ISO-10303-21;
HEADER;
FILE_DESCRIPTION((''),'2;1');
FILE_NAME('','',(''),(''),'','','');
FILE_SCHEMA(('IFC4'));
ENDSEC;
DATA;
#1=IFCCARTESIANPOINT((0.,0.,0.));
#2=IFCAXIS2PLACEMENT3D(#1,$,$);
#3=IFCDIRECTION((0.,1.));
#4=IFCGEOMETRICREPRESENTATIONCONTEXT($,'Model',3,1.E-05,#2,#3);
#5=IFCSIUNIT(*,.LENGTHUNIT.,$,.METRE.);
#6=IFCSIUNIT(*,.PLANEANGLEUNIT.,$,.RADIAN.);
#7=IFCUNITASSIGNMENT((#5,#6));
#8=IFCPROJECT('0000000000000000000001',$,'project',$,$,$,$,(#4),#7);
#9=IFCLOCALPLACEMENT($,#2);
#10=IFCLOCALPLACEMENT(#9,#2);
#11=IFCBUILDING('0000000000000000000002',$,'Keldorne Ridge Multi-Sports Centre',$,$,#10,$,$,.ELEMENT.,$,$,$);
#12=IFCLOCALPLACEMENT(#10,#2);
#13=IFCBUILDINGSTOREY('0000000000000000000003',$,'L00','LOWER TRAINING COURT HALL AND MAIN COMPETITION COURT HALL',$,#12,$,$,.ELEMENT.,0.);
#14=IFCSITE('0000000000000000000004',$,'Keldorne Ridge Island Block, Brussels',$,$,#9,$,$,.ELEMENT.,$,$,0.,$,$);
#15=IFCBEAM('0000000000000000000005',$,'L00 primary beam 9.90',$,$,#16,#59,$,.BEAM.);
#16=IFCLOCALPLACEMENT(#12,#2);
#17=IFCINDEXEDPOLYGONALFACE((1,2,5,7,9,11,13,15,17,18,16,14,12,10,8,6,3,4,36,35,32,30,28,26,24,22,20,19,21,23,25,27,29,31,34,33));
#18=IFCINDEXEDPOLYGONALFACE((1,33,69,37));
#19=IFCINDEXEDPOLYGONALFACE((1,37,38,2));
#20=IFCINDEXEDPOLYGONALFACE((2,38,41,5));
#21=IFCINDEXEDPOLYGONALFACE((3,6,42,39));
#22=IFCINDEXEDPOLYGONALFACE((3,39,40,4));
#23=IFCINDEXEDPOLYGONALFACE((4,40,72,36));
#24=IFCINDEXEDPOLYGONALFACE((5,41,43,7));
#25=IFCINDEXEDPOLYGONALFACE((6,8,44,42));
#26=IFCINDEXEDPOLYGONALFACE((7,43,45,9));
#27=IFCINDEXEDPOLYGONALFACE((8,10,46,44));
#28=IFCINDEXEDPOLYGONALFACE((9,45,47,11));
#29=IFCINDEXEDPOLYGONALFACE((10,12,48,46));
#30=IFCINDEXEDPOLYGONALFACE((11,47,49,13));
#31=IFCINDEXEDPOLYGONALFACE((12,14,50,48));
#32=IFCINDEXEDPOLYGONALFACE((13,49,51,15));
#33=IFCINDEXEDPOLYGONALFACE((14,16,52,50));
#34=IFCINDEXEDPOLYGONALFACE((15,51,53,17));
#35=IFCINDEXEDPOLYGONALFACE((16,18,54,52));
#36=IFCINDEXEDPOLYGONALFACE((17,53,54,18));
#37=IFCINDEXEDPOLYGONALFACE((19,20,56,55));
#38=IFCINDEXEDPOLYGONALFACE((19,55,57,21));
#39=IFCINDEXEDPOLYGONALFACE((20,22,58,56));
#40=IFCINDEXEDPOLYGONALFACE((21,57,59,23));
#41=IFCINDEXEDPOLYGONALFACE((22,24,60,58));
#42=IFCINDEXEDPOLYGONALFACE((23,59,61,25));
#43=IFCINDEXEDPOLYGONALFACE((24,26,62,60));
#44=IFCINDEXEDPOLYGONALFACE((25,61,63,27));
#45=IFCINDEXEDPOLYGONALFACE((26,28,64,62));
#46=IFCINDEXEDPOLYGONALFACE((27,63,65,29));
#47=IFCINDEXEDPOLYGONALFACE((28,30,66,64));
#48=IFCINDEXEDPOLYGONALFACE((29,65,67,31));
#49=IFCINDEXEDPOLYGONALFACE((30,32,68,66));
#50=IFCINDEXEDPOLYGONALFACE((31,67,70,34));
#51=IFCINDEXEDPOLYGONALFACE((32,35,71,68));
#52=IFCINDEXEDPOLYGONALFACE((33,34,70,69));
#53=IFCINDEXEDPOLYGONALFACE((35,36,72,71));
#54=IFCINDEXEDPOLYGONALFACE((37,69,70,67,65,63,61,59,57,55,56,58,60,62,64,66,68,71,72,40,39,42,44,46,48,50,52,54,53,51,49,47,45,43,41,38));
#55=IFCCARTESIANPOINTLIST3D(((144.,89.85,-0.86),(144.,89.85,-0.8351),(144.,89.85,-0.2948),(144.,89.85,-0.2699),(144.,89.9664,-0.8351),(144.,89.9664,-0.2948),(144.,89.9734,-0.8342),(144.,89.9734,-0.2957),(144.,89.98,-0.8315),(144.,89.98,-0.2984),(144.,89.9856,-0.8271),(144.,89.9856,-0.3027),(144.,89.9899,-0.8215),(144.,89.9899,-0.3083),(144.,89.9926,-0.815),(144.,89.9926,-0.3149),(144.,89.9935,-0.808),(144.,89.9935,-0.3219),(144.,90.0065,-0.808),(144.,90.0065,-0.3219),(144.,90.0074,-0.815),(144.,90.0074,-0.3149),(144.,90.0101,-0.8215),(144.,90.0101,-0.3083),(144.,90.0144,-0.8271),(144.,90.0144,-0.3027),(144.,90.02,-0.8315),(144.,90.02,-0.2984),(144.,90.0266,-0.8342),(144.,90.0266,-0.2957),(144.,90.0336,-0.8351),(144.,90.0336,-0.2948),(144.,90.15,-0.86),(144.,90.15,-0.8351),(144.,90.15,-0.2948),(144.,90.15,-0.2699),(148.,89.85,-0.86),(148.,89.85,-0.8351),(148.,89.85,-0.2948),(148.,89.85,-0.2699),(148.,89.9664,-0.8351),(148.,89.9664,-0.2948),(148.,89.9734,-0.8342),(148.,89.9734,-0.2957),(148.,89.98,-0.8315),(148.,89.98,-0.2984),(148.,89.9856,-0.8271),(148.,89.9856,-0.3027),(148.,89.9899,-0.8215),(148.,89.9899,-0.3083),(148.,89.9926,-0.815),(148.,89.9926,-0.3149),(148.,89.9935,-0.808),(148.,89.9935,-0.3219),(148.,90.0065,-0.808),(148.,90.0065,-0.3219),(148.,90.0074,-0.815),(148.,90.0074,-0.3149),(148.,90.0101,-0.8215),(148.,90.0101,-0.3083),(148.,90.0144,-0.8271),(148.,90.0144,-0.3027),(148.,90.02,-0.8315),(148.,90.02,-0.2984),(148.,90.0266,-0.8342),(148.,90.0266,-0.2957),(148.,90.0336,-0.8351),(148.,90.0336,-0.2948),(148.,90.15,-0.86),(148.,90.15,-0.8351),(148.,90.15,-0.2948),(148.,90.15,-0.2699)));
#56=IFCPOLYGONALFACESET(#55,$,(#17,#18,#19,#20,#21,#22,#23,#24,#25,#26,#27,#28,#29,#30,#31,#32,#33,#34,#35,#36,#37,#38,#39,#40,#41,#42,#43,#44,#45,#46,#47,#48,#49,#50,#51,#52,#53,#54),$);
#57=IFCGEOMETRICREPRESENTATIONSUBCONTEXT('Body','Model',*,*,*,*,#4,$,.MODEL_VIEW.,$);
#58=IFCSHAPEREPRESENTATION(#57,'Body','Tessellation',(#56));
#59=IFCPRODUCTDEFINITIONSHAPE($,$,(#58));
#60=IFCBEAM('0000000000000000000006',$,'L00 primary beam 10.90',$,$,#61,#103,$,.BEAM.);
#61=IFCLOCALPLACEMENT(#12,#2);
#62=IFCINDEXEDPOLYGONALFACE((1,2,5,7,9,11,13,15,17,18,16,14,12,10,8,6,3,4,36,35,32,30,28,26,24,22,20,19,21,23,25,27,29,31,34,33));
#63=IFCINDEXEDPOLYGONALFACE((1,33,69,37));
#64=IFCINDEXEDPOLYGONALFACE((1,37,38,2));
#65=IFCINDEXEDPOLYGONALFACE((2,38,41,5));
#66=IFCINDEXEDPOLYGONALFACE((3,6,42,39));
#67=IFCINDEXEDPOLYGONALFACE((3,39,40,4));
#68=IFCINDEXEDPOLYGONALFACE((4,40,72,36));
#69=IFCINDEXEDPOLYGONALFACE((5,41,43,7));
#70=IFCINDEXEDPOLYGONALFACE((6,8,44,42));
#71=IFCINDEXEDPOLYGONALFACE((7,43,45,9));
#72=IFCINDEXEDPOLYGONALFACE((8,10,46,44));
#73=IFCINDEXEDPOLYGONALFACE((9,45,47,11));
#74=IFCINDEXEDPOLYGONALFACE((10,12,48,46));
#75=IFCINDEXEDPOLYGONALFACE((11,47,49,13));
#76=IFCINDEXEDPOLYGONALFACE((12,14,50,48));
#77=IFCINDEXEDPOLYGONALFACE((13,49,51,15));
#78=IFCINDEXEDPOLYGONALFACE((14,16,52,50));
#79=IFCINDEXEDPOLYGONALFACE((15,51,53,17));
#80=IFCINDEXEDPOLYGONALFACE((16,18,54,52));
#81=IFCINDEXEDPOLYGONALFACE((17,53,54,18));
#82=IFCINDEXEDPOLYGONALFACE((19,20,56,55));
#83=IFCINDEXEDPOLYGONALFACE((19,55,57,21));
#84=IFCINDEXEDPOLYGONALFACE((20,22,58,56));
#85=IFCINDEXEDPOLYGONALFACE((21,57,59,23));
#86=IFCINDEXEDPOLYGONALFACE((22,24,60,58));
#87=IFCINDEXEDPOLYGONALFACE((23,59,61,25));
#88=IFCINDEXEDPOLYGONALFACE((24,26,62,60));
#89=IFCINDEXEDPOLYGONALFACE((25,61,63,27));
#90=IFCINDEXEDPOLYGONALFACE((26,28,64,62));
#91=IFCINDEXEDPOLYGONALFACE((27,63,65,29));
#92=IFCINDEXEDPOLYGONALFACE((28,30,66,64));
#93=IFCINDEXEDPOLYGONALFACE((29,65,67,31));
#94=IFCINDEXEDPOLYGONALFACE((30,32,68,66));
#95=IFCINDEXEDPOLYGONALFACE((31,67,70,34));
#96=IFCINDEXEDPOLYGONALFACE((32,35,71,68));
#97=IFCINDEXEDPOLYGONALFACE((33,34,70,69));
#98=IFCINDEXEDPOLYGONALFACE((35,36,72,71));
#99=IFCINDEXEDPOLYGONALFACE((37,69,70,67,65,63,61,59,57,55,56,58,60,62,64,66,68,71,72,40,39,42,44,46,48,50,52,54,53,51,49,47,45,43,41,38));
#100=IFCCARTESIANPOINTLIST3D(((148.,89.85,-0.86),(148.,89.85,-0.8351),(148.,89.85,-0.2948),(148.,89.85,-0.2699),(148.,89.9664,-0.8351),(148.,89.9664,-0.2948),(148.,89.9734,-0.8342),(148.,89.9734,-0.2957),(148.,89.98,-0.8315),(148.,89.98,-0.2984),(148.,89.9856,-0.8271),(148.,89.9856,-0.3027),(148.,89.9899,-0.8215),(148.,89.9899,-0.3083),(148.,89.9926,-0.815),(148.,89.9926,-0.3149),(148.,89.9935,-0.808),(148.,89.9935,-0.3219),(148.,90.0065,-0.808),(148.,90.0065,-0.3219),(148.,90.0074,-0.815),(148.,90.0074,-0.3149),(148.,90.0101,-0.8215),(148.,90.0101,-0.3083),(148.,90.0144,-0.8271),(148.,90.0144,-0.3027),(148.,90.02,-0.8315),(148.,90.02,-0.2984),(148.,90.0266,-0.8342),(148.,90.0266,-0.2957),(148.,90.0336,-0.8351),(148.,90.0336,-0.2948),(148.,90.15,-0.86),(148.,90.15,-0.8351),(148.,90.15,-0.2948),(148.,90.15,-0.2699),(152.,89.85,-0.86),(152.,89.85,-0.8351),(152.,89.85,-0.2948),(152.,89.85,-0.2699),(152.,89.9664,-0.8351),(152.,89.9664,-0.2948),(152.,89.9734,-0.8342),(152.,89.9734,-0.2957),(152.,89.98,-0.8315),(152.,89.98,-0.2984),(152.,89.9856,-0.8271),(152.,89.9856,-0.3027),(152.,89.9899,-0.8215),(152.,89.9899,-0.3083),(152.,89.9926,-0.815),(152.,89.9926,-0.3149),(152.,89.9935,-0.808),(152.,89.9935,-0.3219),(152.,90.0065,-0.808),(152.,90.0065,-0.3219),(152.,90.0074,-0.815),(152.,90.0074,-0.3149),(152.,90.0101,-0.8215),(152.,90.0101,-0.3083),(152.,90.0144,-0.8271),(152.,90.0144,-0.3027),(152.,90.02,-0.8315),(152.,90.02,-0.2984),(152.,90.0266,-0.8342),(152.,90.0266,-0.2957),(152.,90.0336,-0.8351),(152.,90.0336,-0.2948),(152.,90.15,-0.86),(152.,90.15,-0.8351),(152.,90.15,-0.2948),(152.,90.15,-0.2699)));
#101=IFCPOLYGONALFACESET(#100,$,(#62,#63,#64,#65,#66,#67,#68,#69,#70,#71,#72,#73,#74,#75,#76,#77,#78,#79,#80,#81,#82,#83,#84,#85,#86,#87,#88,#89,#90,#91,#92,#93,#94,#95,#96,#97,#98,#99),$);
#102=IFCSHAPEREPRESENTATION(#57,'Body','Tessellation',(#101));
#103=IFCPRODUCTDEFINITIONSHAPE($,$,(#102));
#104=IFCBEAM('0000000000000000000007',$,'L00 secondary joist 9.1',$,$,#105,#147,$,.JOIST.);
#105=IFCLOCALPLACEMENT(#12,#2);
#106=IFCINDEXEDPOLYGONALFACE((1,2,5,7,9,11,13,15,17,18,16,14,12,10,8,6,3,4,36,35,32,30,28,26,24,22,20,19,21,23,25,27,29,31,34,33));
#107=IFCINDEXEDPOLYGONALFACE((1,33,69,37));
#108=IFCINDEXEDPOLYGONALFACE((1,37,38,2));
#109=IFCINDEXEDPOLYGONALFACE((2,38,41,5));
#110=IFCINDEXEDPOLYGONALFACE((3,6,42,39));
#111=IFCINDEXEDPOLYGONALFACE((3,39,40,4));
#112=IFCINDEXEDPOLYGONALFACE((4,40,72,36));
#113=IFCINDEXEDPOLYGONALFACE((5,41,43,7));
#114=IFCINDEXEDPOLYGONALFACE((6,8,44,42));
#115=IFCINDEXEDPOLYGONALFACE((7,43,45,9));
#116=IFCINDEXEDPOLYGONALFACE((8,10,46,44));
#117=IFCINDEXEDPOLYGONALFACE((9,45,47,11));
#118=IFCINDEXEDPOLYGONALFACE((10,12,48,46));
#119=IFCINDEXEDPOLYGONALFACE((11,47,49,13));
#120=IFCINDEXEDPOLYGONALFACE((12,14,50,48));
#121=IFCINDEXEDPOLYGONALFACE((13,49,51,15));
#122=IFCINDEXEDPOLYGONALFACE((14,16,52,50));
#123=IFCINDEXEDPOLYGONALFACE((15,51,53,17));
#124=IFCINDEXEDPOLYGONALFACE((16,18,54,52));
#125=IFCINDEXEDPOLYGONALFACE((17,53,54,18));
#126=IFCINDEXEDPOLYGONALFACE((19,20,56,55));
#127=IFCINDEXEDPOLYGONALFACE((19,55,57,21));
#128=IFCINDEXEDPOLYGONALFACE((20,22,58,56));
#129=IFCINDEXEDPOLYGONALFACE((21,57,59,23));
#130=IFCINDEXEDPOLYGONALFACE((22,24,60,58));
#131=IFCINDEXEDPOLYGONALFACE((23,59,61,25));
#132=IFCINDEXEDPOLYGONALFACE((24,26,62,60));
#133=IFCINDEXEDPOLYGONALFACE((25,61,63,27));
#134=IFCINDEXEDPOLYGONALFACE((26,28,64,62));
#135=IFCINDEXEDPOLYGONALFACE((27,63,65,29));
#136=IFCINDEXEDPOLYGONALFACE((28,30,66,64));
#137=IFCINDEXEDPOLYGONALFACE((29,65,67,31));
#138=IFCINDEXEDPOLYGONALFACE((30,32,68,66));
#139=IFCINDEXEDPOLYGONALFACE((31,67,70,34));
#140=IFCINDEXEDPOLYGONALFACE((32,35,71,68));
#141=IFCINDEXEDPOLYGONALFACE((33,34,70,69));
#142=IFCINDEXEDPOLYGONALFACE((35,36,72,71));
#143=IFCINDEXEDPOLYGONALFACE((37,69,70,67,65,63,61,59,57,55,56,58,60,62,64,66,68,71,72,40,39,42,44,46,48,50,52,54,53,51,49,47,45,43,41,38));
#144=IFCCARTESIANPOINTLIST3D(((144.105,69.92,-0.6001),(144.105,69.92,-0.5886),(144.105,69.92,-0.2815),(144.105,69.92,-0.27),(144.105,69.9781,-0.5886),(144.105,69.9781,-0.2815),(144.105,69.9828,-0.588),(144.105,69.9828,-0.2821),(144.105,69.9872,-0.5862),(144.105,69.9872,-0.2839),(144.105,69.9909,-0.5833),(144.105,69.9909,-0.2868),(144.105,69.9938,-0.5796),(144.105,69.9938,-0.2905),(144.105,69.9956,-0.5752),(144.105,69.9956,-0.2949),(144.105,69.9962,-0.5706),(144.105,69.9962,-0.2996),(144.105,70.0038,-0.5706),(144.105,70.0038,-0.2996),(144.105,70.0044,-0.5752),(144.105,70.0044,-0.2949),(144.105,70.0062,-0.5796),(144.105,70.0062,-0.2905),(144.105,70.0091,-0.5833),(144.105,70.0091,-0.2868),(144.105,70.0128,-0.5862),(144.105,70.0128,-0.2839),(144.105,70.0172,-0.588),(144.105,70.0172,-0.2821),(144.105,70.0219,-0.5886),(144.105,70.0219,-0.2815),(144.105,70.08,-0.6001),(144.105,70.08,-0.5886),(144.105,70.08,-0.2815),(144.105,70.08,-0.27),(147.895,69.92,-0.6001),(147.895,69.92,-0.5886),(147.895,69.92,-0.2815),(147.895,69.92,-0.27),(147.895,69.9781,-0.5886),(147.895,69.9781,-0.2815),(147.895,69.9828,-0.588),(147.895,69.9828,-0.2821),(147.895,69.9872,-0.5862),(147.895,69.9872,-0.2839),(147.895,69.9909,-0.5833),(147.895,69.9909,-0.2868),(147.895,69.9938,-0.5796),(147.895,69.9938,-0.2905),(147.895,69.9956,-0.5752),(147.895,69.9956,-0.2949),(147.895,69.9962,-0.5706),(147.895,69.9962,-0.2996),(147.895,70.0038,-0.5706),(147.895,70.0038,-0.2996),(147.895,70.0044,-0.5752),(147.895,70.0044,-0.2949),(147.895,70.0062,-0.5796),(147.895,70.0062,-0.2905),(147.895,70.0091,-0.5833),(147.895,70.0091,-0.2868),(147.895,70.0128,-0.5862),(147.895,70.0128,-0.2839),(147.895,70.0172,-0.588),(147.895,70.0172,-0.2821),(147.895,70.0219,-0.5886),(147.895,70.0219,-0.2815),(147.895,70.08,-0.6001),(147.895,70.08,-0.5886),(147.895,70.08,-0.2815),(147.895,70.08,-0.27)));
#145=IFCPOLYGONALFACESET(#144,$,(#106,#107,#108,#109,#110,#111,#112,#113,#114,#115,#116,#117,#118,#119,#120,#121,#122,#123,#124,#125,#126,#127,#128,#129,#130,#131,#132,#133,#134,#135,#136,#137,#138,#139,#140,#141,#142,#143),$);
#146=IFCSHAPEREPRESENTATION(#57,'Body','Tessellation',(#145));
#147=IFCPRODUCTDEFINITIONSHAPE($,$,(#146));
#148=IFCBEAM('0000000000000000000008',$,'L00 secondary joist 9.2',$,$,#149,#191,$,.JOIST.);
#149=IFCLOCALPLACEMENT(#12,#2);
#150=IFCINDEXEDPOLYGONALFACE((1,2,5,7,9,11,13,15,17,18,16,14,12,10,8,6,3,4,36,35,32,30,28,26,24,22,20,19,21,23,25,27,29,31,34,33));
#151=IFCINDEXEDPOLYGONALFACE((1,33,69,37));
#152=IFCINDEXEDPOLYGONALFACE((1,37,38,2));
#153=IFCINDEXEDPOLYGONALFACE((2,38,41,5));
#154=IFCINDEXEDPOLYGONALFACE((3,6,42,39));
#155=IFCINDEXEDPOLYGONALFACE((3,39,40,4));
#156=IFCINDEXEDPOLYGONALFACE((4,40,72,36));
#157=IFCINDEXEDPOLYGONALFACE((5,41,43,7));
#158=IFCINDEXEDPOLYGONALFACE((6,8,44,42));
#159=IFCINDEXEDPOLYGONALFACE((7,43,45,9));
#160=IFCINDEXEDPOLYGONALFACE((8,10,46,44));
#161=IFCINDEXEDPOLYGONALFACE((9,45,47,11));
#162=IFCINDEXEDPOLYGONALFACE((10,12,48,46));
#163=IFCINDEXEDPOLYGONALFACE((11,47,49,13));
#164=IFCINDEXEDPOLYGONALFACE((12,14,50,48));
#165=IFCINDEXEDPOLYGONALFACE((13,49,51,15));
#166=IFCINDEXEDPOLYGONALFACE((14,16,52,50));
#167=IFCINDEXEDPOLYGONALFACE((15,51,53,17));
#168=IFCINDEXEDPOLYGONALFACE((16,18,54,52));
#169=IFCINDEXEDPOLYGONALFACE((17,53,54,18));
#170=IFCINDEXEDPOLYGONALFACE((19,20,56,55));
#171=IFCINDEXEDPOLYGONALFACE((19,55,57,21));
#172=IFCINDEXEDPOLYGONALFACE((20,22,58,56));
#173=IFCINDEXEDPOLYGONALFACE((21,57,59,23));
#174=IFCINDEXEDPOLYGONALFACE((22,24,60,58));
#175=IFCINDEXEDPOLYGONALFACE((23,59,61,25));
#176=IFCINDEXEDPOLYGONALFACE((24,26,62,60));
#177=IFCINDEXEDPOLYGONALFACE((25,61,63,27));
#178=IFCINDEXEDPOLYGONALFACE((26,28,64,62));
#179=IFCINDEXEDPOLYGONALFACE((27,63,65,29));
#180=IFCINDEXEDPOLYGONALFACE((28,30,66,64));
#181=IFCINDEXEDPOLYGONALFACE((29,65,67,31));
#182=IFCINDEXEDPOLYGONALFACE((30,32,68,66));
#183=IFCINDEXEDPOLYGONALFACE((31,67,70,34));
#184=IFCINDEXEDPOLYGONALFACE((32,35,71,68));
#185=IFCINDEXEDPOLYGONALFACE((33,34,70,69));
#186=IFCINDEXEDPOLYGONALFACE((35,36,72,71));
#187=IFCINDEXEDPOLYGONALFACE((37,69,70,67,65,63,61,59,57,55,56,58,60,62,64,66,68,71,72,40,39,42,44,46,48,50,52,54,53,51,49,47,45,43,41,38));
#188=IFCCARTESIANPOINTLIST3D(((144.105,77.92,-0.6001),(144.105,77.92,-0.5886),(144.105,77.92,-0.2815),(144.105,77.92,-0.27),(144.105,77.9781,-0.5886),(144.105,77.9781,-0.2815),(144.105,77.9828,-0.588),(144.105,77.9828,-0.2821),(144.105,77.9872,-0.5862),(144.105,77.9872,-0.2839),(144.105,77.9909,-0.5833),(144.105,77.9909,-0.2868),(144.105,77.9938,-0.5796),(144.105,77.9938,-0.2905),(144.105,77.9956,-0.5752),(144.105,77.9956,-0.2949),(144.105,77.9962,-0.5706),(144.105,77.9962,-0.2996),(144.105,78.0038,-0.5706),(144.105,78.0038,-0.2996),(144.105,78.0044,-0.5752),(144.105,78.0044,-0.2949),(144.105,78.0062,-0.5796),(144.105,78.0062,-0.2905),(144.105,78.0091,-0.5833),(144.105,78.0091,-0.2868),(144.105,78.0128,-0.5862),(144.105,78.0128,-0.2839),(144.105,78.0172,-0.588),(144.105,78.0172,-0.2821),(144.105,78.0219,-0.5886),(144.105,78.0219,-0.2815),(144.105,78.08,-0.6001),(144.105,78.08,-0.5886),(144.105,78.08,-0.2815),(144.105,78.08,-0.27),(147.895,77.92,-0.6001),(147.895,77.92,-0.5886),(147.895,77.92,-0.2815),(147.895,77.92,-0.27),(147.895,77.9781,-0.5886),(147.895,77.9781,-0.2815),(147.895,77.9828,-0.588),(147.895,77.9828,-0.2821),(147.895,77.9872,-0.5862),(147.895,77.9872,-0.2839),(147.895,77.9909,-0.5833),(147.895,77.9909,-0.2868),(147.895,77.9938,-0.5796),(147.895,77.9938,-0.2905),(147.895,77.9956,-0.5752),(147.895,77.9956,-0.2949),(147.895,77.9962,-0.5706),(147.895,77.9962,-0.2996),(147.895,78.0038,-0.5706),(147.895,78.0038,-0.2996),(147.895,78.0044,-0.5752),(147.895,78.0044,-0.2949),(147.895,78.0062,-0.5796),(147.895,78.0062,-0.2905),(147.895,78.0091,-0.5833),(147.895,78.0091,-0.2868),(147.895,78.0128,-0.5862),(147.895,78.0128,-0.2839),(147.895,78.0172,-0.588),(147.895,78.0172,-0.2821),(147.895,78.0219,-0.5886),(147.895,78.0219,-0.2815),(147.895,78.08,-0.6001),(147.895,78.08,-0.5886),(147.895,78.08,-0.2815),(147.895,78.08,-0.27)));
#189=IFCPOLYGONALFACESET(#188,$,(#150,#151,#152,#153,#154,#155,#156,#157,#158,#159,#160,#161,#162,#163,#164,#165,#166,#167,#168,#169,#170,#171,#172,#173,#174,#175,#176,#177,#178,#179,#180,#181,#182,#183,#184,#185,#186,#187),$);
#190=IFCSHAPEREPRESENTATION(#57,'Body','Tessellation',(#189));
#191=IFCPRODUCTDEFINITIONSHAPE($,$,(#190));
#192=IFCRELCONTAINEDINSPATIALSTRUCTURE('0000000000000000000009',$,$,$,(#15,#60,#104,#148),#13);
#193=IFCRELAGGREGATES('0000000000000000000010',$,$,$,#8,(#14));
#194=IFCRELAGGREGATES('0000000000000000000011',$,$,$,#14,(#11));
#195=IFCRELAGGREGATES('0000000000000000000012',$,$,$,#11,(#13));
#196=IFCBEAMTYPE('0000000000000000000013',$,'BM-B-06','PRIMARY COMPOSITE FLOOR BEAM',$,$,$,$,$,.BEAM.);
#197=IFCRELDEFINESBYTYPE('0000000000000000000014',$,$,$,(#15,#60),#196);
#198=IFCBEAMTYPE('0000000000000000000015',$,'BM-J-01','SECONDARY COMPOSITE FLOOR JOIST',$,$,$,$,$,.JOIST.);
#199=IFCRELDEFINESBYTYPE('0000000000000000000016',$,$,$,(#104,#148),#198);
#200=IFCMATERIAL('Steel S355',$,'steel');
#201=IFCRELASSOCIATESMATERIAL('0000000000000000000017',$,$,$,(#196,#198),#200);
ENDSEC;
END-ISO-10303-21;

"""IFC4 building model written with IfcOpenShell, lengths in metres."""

from ifc_helpers import new_model, si_unit, direction, frame, origin, origin_2d, place, context, subcontext, project, spatial, i_section, extrude, material, material_profile, profile_set, type_object, element, save


model = new_model("IFC4")

# Units and contexts
model_context = context("Model", 3, precision=1e-05, world=origin(), true_north=direction((0.0, 1.0)))
body_context = subcontext(model_context, "Body", "Model", "MODEL_VIEW")
ifc_project = project(units=[si_unit("LENGTHUNIT", "METRE"), si_unit("PLANEANGLEUNIT", "RADIAN")], contexts=[model_context])

# Site, building, storey
site_placement = place(None, origin())
site = spatial("IfcSite", under=ifc_project, at=site_placement, Name="Keldorne Ridge Island Block, Brussels", CompositionType="ELEMENT", RefElevation=0.0)
building_placement = place(site_placement, origin())
building = spatial("IfcBuilding", under=site, at=building_placement, Name="Keldorne Ridge Multi-Sports Centre", CompositionType="ELEMENT")
storey_placement = place(building_placement, origin())
storey = spatial("IfcBuildingStorey", under=building, at=storey_placement, Name="L00", Description="LOWER TRAINING COURT HALL AND MAIN COMPETITION COURT HALL", CompositionType="ELEMENT", Elevation=0.0)

# Shared definitions
ifc_material_1 = material(Name="Steel S355", Category="steel")

# Beams
ifc_material_profile_1 = material_profile(ifc_material_1, i_section(OverallWidth=0.3, OverallDepth=0.5901, WebThickness=0.0129, FlangeThickness=0.0249, FilletRadius=0.0271, at=origin_2d()), Name="HEA 600")
ifc_profile_set_1 = profile_set([ifc_material_profile_1], Name="Steel S355")
beam_type_1 = type_object("IfcBeamType", Name="BM-B-06", Description="PRIMARY COMPOSITE FLOOR BEAM", PredefinedType="BEAM", material=ifc_profile_set_1)
for number, where, z_axis, x_axis, name in (
    (1, (144.0, 90.0, -0.5649), (1.0, 0.0, 0.0), (0.0, 1.0, 0.0), "L00 primary beam 9.90"),
    (2, (148.0, 90.0, -0.5649), (1.0, 0.0, 0.0), (0.0, 1.0, 0.0), "L00 primary beam 10.90"),
):
    element("IfcBeam", number, at=place(storey_placement, frame(where, z_axis=z_axis, x_axis=x_axis)), inside=storey, type_object=beam_type_1, Name=name, PredefinedType="BEAM", context=body_context, shape_type="SweptSolid", body=[
        extrude(i_section(OverallWidth=0.3, OverallDepth=0.5901, WebThickness=0.0129, FlangeThickness=0.0249, FilletRadius=0.0271, at=origin_2d()), origin(), (0.0, 0.0, 1.0), 4.0),
    ])
ifc_material_profile_2 = material_profile(ifc_material_1, i_section(OverallWidth=0.1599, OverallDepth=0.3301, WebThickness=0.0076, FlangeThickness=0.0115, FilletRadius=0.0181, at=origin_2d()), Name="IPE 330")
ifc_profile_set_2 = profile_set([ifc_material_profile_2], Name="Steel S355")
beam_type_2 = type_object("IfcBeamType", Name="BM-J-01", Description="SECONDARY COMPOSITE FLOOR JOIST", PredefinedType="JOIST", material=ifc_profile_set_2)
for number, where, z_axis, x_axis, name in (
    (3, (144.105, 70.0, -0.4351), (1.0, 0.0, 0.0), (0.0, 1.0, 0.0), "L00 secondary joist 9.1"),
    (4, (144.105, 78.0, -0.4351), (1.0, 0.0, 0.0), (0.0, 1.0, 0.0), "L00 secondary joist 9.2"),
):
    element("IfcBeam", number, at=place(storey_placement, frame(where, z_axis=z_axis, x_axis=x_axis)), inside=storey, type_object=beam_type_2, Name=name, PredefinedType="JOIST", context=body_context, shape_type="SweptSolid", body=[
        extrude(i_section(OverallWidth=0.1599, OverallDepth=0.3301, WebThickness=0.0076, FlangeThickness=0.0115, FilletRadius=0.0181, at=origin_2d()), origin(), (0.0, 0.0, 1.0), 3.79),
    ])

save(model, "model.ifc")
